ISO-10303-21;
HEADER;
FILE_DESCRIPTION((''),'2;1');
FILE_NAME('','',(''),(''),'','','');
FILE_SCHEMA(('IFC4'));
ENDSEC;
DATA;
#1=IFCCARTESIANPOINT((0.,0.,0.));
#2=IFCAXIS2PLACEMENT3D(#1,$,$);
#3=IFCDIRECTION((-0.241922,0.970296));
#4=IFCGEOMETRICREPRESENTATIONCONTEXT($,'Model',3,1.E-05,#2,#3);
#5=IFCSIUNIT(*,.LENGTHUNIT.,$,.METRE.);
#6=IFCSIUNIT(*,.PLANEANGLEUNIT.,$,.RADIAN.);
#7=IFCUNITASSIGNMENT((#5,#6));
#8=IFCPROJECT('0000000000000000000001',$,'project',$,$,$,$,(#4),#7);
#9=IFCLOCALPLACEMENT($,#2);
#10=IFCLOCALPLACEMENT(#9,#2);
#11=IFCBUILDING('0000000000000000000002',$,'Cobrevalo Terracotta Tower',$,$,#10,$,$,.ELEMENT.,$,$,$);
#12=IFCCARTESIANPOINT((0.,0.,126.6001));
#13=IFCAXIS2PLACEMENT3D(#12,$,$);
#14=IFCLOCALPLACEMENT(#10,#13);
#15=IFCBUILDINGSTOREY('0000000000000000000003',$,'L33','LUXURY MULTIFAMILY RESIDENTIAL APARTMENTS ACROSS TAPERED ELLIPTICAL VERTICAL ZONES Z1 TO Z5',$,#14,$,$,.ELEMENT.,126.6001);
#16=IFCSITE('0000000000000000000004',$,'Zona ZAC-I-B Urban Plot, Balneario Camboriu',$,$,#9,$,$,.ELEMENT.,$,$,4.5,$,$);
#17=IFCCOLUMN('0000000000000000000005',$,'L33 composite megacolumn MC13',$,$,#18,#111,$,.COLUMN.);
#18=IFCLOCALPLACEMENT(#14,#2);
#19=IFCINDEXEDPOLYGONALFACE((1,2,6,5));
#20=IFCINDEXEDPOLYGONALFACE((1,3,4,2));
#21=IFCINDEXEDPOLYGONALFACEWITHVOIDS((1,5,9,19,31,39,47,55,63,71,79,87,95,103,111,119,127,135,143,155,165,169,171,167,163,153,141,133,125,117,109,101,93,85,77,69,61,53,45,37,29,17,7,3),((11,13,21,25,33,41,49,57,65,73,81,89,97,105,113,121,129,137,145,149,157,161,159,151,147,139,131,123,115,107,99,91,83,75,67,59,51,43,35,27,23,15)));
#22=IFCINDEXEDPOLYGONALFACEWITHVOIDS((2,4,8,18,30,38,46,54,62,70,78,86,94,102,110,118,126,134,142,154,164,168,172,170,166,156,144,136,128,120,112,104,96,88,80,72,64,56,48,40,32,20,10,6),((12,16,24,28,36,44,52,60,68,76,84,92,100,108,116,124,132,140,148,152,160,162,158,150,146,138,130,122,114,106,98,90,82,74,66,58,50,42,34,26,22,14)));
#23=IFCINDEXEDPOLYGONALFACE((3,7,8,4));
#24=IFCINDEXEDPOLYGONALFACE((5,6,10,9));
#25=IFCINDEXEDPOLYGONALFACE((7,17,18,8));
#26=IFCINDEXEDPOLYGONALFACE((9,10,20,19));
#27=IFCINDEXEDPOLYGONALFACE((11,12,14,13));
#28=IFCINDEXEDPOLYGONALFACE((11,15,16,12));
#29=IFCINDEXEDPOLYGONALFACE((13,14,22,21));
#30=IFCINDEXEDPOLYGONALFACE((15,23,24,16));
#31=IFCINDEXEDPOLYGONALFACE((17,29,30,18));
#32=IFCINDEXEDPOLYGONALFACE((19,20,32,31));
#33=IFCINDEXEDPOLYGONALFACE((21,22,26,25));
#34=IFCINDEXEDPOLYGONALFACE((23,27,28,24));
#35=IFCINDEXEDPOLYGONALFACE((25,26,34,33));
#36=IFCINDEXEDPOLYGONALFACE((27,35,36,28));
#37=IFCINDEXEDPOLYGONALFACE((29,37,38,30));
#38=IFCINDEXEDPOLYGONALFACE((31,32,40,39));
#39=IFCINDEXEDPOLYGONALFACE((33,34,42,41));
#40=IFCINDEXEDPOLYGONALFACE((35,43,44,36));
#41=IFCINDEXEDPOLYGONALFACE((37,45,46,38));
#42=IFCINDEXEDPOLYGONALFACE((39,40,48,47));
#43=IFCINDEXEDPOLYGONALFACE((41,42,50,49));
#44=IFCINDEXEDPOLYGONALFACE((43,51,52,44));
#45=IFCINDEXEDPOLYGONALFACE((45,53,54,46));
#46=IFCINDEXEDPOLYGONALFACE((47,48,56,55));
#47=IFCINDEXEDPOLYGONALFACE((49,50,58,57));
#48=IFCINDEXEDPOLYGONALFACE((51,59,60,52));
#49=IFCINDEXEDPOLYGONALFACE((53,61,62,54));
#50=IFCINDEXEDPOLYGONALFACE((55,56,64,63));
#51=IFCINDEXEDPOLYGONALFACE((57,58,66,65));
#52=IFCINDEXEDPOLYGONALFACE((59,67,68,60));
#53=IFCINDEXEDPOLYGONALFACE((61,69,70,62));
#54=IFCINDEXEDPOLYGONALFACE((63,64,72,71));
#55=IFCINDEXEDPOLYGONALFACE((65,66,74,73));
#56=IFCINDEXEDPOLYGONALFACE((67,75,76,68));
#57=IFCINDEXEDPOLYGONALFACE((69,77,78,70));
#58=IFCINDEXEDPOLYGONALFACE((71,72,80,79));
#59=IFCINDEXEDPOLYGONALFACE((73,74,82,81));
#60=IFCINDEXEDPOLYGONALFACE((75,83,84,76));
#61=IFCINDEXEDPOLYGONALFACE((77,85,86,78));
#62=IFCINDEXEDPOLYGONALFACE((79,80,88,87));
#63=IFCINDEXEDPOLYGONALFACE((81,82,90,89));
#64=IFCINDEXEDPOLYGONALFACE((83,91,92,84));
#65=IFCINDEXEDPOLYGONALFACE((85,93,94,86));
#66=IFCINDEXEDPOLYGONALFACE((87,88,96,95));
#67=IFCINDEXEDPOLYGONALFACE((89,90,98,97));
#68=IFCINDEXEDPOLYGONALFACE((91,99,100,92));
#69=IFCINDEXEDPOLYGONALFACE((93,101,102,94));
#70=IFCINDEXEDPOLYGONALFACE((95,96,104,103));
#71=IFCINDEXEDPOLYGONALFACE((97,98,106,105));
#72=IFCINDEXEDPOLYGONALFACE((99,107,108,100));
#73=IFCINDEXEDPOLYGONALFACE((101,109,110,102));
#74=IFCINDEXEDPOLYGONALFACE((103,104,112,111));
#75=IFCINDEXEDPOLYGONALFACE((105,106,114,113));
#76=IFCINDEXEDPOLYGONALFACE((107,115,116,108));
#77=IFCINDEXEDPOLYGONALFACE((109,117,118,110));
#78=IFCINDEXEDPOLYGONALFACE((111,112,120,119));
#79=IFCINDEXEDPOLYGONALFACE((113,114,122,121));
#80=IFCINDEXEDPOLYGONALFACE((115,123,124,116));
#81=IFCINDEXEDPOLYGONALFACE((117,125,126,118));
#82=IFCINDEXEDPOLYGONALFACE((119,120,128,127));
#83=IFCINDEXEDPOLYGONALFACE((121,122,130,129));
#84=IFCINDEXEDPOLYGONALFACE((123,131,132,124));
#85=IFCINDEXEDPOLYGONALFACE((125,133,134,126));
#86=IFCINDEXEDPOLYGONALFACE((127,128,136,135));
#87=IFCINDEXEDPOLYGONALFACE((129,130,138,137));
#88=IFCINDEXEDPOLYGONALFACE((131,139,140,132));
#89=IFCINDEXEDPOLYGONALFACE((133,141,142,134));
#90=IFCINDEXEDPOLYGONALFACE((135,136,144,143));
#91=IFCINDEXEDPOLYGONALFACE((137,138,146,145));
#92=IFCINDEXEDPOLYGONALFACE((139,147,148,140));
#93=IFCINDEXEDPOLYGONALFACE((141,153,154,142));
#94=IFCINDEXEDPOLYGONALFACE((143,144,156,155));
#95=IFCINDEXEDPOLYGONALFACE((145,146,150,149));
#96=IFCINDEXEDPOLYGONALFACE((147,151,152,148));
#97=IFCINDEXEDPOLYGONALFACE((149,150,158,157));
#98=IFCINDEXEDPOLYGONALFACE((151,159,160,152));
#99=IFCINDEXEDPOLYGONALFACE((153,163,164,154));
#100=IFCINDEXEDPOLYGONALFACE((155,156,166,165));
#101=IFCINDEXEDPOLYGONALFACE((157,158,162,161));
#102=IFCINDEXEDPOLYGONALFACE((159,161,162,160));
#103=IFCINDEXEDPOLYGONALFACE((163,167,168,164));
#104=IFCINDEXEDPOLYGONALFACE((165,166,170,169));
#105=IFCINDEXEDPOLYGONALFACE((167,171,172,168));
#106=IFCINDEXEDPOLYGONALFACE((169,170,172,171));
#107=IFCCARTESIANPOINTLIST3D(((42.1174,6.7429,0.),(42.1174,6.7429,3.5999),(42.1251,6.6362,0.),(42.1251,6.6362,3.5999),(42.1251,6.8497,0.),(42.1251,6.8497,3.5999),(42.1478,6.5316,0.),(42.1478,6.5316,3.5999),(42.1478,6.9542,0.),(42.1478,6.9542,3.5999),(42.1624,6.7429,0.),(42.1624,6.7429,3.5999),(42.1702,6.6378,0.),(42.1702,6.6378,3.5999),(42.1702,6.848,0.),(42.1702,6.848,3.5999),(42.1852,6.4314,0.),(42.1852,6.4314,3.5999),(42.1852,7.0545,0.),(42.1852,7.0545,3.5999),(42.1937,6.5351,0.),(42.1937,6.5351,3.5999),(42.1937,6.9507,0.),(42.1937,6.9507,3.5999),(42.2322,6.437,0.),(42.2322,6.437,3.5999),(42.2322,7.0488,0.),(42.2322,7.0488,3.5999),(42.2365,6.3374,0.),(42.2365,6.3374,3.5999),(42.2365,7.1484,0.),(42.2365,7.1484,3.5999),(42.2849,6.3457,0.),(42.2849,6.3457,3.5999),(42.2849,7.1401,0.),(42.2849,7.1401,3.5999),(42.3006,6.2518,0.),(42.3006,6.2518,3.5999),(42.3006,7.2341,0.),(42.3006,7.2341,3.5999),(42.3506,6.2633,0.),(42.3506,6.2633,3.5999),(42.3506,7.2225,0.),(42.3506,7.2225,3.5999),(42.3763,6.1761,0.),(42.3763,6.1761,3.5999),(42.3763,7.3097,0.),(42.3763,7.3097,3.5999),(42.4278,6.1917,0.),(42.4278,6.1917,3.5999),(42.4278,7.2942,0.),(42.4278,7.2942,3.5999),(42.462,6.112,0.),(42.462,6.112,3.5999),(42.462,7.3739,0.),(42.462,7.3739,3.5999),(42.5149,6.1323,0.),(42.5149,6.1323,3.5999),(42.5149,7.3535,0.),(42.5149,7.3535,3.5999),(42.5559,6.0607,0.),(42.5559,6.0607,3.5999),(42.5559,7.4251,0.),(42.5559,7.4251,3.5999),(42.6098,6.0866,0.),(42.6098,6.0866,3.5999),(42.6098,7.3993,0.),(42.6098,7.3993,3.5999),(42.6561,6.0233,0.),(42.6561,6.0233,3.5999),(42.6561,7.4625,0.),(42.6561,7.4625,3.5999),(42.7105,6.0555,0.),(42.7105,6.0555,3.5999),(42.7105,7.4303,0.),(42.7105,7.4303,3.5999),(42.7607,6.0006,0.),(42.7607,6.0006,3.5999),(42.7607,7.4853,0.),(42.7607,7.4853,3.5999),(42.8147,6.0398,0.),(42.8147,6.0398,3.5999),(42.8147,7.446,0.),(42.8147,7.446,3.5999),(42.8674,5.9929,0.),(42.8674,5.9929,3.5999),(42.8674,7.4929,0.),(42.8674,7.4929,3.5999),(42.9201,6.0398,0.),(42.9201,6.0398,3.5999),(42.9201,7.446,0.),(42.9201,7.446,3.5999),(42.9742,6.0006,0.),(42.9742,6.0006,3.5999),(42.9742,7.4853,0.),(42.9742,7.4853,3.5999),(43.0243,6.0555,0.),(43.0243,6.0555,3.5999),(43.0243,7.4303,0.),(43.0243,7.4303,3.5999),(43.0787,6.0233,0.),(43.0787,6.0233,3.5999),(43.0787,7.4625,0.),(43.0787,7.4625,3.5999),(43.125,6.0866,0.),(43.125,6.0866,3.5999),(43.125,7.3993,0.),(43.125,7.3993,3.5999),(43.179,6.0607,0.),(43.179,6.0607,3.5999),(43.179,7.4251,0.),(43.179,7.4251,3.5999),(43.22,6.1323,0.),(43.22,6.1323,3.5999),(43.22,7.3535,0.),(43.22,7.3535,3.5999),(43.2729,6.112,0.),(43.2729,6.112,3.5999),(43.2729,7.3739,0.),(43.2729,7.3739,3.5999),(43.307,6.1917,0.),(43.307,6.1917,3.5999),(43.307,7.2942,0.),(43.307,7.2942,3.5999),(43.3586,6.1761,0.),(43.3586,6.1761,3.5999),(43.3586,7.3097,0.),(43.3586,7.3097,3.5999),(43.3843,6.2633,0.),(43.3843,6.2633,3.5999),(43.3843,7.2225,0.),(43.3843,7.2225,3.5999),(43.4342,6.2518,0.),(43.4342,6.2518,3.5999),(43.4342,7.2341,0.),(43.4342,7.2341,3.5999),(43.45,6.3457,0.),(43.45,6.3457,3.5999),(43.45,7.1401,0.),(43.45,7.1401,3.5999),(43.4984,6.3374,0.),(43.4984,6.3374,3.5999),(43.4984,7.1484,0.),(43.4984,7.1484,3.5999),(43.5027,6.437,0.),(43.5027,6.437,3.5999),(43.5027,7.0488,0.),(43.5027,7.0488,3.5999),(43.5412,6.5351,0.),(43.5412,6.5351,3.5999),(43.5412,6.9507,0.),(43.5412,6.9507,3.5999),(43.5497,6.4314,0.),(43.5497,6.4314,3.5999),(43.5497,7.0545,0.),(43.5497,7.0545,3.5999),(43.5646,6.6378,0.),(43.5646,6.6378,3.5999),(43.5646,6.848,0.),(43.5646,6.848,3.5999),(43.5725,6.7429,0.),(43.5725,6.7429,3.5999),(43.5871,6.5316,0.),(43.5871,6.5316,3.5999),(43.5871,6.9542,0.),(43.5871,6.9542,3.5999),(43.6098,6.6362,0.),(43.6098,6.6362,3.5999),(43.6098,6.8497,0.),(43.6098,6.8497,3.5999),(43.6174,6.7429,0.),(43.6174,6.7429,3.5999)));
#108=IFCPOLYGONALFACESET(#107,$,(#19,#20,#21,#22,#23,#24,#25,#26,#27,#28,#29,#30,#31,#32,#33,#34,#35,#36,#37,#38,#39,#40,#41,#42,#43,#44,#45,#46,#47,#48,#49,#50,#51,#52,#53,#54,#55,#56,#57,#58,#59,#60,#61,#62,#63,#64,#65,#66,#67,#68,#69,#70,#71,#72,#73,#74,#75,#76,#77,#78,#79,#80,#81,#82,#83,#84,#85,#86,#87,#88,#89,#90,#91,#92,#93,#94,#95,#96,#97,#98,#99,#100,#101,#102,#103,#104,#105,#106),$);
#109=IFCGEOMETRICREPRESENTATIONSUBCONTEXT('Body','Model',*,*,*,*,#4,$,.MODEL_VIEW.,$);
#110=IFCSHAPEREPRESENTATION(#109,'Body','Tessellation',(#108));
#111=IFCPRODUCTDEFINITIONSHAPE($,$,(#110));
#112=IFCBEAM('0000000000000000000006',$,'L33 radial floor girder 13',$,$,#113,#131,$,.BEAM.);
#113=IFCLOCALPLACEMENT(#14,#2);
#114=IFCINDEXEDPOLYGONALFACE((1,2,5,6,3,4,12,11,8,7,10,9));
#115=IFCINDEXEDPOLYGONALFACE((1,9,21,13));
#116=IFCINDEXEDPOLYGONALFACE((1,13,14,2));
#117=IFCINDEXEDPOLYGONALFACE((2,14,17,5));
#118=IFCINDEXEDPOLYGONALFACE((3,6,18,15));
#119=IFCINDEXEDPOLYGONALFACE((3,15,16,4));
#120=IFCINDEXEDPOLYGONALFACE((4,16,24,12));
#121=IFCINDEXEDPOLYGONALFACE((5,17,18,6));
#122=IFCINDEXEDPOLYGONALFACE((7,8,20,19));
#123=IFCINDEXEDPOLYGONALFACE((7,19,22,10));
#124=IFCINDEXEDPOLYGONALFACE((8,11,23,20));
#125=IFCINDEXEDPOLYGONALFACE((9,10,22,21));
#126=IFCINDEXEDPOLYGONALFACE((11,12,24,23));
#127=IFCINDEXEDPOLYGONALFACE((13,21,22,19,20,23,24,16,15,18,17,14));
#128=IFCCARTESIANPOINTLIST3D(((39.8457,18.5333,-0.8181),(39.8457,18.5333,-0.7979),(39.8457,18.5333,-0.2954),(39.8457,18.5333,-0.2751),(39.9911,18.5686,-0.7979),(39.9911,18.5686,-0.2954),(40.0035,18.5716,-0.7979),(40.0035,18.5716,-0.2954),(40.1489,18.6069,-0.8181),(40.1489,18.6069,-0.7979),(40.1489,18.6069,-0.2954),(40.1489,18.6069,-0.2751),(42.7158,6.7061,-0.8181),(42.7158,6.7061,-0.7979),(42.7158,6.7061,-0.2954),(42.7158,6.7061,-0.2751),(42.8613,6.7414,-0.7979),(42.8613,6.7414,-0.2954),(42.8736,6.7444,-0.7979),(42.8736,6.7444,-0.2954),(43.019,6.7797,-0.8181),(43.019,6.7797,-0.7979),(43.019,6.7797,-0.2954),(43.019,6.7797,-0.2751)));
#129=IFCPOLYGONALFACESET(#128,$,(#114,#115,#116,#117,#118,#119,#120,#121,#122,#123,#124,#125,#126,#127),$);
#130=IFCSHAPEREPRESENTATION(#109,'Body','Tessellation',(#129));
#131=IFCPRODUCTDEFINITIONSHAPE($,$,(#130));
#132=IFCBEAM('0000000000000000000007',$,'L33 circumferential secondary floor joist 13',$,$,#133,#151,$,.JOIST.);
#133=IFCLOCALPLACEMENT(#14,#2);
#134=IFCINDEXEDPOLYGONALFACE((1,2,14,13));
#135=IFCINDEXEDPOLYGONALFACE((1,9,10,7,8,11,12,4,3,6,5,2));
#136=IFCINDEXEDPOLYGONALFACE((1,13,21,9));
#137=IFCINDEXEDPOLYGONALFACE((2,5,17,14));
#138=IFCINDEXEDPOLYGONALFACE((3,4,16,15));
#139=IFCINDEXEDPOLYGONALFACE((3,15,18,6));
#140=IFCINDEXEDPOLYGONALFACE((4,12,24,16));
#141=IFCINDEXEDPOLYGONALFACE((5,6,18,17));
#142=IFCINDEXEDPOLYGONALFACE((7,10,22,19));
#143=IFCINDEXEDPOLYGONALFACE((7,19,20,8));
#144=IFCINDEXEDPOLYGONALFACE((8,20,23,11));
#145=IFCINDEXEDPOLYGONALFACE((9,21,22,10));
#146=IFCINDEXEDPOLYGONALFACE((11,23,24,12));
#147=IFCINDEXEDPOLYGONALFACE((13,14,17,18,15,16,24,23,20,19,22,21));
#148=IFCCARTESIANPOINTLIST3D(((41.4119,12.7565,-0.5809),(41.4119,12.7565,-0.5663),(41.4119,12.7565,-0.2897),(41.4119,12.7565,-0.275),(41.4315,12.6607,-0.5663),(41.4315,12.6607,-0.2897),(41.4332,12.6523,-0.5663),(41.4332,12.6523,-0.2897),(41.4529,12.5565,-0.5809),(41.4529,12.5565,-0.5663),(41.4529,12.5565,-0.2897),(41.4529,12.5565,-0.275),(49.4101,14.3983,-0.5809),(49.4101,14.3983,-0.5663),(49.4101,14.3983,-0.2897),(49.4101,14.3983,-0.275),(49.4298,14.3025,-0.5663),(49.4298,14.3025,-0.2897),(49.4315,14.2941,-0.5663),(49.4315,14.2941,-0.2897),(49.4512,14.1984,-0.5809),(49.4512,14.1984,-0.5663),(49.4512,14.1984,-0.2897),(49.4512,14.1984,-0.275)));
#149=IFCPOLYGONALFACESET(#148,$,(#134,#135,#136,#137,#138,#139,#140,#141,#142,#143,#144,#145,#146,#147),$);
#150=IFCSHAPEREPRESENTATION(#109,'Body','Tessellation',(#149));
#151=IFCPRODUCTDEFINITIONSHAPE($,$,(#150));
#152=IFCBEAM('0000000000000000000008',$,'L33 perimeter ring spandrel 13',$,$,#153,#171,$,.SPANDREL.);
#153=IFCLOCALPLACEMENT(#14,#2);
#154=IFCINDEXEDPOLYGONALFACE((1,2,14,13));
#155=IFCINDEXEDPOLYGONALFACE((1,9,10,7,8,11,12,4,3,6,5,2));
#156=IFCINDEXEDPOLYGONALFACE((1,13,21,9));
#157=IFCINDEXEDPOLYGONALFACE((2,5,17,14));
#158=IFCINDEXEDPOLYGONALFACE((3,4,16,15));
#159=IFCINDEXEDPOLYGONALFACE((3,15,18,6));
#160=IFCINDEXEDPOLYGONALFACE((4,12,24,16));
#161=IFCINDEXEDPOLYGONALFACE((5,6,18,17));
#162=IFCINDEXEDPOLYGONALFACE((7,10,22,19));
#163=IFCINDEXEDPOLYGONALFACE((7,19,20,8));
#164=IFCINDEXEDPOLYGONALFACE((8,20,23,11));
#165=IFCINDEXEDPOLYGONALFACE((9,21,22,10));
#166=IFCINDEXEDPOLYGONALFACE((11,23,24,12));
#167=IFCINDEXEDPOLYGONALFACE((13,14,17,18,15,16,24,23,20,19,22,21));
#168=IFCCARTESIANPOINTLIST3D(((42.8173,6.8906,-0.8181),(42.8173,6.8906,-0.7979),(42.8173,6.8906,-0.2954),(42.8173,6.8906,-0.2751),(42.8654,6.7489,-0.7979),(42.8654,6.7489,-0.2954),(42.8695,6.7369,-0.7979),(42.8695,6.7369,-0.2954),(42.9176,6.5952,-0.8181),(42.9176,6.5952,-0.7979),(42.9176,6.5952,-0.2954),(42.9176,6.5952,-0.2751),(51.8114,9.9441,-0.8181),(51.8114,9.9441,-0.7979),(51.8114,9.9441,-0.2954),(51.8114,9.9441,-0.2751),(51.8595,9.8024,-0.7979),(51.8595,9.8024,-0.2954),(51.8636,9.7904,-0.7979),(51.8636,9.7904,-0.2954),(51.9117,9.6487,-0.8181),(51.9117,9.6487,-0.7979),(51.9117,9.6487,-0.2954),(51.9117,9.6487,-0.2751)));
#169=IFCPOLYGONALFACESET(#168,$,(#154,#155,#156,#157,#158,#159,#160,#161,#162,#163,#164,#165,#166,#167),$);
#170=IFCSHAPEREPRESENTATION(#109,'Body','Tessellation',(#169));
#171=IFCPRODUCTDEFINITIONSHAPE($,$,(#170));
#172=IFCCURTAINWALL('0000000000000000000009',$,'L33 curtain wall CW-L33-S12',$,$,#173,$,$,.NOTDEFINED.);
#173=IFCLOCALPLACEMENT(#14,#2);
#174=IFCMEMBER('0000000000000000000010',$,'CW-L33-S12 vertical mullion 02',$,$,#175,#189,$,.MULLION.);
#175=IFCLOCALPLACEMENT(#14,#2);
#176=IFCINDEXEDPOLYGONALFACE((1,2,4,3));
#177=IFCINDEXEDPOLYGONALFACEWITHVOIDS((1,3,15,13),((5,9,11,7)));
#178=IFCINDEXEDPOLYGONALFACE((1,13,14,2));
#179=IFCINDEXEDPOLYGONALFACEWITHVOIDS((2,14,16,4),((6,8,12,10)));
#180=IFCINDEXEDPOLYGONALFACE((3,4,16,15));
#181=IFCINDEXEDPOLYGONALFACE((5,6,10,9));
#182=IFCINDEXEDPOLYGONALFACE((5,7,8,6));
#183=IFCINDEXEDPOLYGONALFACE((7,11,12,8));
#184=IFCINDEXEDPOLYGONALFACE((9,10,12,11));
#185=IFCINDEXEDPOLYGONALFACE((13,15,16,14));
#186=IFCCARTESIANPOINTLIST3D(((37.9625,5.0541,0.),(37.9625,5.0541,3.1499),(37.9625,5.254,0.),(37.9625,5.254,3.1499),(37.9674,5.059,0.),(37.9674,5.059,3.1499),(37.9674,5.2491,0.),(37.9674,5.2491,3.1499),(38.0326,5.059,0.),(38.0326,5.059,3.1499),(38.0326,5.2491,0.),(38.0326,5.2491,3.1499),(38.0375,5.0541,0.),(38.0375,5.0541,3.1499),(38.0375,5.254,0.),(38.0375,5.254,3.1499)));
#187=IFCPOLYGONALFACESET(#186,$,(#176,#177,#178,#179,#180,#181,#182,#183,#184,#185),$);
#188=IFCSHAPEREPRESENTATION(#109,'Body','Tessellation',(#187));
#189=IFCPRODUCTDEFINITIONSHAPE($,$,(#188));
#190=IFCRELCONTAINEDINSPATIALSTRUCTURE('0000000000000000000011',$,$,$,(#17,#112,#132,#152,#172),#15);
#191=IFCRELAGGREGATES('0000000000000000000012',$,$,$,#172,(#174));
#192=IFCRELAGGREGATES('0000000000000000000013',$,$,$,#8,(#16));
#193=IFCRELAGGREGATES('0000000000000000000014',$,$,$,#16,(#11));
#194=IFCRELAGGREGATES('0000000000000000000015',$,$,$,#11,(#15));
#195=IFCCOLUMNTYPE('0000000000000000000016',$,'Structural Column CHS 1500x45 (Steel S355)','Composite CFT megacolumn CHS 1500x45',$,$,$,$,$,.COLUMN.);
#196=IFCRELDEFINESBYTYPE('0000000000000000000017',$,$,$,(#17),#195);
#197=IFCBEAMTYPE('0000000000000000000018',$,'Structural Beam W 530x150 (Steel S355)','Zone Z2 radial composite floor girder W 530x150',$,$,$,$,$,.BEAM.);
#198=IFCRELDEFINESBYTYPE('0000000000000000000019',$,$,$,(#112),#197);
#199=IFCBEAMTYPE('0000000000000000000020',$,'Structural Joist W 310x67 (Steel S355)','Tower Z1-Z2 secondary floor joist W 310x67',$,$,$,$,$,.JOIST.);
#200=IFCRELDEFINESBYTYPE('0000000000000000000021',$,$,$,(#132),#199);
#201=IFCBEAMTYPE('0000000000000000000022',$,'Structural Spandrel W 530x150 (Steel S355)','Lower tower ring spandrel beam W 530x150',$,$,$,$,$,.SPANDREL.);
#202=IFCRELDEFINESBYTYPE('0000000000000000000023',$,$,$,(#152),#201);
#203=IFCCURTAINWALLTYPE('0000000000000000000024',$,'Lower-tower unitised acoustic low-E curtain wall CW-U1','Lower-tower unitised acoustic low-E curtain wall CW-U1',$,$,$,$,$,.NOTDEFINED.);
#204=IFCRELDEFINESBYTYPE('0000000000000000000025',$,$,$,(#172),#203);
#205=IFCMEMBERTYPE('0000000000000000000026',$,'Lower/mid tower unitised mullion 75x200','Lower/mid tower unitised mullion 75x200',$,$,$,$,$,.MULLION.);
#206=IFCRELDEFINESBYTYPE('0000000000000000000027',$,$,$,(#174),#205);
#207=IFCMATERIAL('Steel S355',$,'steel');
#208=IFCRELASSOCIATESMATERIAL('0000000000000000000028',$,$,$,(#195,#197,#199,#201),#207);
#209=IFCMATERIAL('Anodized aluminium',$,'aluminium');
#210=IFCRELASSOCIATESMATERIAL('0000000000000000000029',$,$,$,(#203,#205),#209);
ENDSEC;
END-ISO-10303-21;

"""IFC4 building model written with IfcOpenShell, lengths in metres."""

from ifc_helpers import new_model, si_unit, direction, frame, origin, origin_2d, place, context, subcontext, project, spatial, hollow_rectangle, hollow_circle, i_section, extrude, source, transform, mapped, material, material_profile, profile_set, type_object, element, aggregate, save


model = new_model("IFC4")

# Units and contexts
model_context = context("Model", 3, precision=1e-05, world=origin(), true_north=direction((-0.241922, 0.970296)))
body_context = subcontext(model_context, "Body", "Model", "MODEL_VIEW")
ifc_project = project(units=[si_unit("LENGTHUNIT", "METRE"), si_unit("PLANEANGLEUNIT", "RADIAN")], contexts=[model_context])

# Site, building, storey
site_placement = place(None, origin())
site = spatial("IfcSite", under=ifc_project, at=site_placement, Name="Zona ZAC-I-B Urban Plot, Balneario Camboriu", CompositionType="ELEMENT", RefElevation=4.5)
building_placement = place(site_placement, origin())
building = spatial("IfcBuilding", under=site, at=building_placement, Name="Cobrevalo Terracotta Tower", CompositionType="ELEMENT")
storey_placement = place(building_placement, frame((0.0, 0.0, 126.6001)))
storey = spatial("IfcBuildingStorey", under=building, at=storey_placement, Name="L33", Description="LUXURY MULTIFAMILY RESIDENTIAL APARTMENTS ACROSS TAPERED ELLIPTICAL VERTICAL ZONES Z1 TO Z5", CompositionType="ELEMENT", Elevation=126.6001)

# Column
ifc_material_1 = material(Name="Steel S355", Category="steel")
ifc_material_profile_1 = material_profile(ifc_material_1, hollow_circle(Radius=0.75, WallThickness=0.0449, at=origin_2d()), Name="CHS 1500x45")
ifc_profile_set_1 = profile_set([ifc_material_profile_1], Name="Steel S355")
column_type = type_object("IfcColumnType", Name="Structural Column CHS 1500x45 (Steel S355)", Description="Composite CFT megacolumn CHS 1500x45", PredefinedType="COLUMN", material=ifc_profile_set_1)
column_placement = place(storey_placement, frame((42.8674, 6.7429, 0.0), z_axis=(0.0, 0.0, 1.0), x_axis=(1.0, 0.0, 0.0)))
element("IfcColumn", 1, at=column_placement, inside=storey, type_object=column_type, Name="L33 composite megacolumn MC13", PredefinedType="COLUMN", context=body_context, shape_type="SweptSolid", body=[
    extrude(hollow_circle(Radius=0.75, WallThickness=0.0449, at=origin_2d()), origin(), (0.0, 0.0, 1.0), 3.5999),
])

# Beams
ifc_material_profile_2 = material_profile(ifc_material_1, i_section(OverallWidth=0.312, OverallDepth=0.543, WebThickness=0.0127, FlangeThickness=0.0203, at=origin_2d()), Name="W 530x150")
ifc_profile_set_2 = profile_set([ifc_material_profile_2], Name="Steel S355")
beam_type_1 = type_object("IfcBeamType", Name="Structural Beam W 530x150 (Steel S355)", Description="Zone Z2 radial composite floor girder W 530x150", PredefinedType="BEAM", material=ifc_profile_set_2)
beam_1_placement = place(storey_placement, frame((42.8674, 6.7429, -0.5466), z_axis=(-0.235827, 0.971795, 0.0), x_axis=(-0.971795, -0.235827, 0.0)))
element("IfcBeam", 2, at=beam_1_placement, inside=storey, type_object=beam_type_1, Name="L33 radial floor girder 13", PredefinedType="BEAM", context=body_context, shape_type="SweptSolid", body=[
    extrude(i_section(OverallWidth=0.312, OverallDepth=0.543, WebThickness=0.0127, FlangeThickness=0.0203, at=origin_2d()), origin(), (0.0, 0.0, 1.0), 12.1704),
])
ifc_material_profile_3 = material_profile(ifc_material_1, i_section(OverallWidth=0.2041, OverallDepth=0.3059, WebThickness=0.0085, FlangeThickness=0.0146, at=origin_2d()), Name="W 310x67")
ifc_profile_set_3 = profile_set([ifc_material_profile_3], Name="Steel S355")
beam_type_2 = type_object("IfcBeamType", Name="Structural Joist W 310x67 (Steel S355)", Description="Tower Z1-Z2 secondary floor joist W 310x67", PredefinedType="JOIST", material=ifc_profile_set_3)
beam_2_placement = place(storey_placement, frame((41.4324, 12.6565, -0.428), z_axis=(0.979574, 0.201082, 0.0), x_axis=(-0.201082, 0.979574, 0.0)))
element("IfcBeam", 3, at=beam_2_placement, inside=storey, type_object=beam_type_2, Name="L33 circumferential secondary floor joist 13", PredefinedType="JOIST", context=body_context, shape_type="SweptSolid", body=[
    extrude(i_section(OverallWidth=0.2041, OverallDepth=0.3059, WebThickness=0.0085, FlangeThickness=0.0146, at=origin_2d()), origin(), (0.0, 0.0, 1.0), 8.165),
])
ifc_material_profile_4 = material_profile(ifc_material_1, i_section(OverallWidth=0.312, OverallDepth=0.543, WebThickness=0.0127, FlangeThickness=0.0203, at=origin_2d()), Name="W 530x150")
ifc_profile_set_4 = profile_set([ifc_material_profile_4], Name="Steel S355")
beam_type_3 = type_object("IfcBeamType", Name="Structural Spandrel W 530x150 (Steel S355)", Description="Lower tower ring spandrel beam W 530x150", PredefinedType="SPANDREL", material=ifc_profile_set_4)
beam_3_placement = place(storey_placement, frame((42.8674, 6.7429, -0.5466), z_axis=(0.946918, 0.321474, 0.0), x_axis=(-0.321474, 0.946918, 0.0)))
element("IfcBeam", 4, at=beam_3_placement, inside=storey, type_object=beam_type_3, Name="L33 perimeter ring spandrel 13", PredefinedType="SPANDREL", context=body_context, shape_type="SweptSolid", body=[
    extrude(i_section(OverallWidth=0.312, OverallDepth=0.543, WebThickness=0.0127, FlangeThickness=0.0203, at=origin_2d()), origin(), (0.0, 0.0, 1.0), 9.4983),
])

# Curtain wall, member
ifc_material_2 = material(Name="Anodized aluminium", Category="aluminium")
curtain_wall_type = type_object("IfcCurtainWallType", Name="Lower-tower unitised acoustic low-E curtain wall CW-U1", Description="Lower-tower unitised acoustic low-E curtain wall CW-U1", PredefinedType="NOTDEFINED", material=ifc_material_2)
curtain_wall_placement = place(storey_placement, origin())
curtain_wall = element("IfcCurtainWall", 5, at=curtain_wall_placement, inside=storey, type_object=curtain_wall_type, Name="L33 curtain wall CW-L33-S12", PredefinedType="NOTDEFINED")
ifc_material_profile_5 = material_profile(ifc_material_2, hollow_rectangle(XDim=0.075, YDim=0.2, WallThickness=0.0049, at=origin_2d()), Name="CWM 75x200")
ifc_profile_set_5 = profile_set([ifc_material_profile_5], Name="Anodized aluminium")
member_type_1 = type_object("IfcMemberType", Name="Lower/mid tower unitised mullion 75x200", Description="Lower/mid tower unitised mullion 75x200", PredefinedType="MULLION", material=ifc_profile_set_5)
shared_shape_1 = source(origin(), body_context, "Body", "SweptSolid", [
    extrude(hollow_rectangle(XDim=0.075, YDim=0.2, WallThickness=0.0049, at=origin_2d()), origin(), (0.0, 0.0, 1.0), 3.1499),
])
member_1_placement = place(storey_placement, frame((38.0, 5.1541, 0.0), z_axis=(0.0, 0.0, 1.0), x_axis=(1.0, 0.0, 0.0)))
member_1 = element("IfcMember", 6, at=member_1_placement, type_object=member_type_1, Name="CW-L33-S12 vertical mullion 02", PredefinedType="MULLION", context=body_context, shape_type="MappedRepresentation", body=[
    mapped(shared_shape_1, transform((0.0, 0.0, 0.0), scale=1.0)),
])

aggregate(curtain_wall, [member_1])

save(model, "model.ifc")
